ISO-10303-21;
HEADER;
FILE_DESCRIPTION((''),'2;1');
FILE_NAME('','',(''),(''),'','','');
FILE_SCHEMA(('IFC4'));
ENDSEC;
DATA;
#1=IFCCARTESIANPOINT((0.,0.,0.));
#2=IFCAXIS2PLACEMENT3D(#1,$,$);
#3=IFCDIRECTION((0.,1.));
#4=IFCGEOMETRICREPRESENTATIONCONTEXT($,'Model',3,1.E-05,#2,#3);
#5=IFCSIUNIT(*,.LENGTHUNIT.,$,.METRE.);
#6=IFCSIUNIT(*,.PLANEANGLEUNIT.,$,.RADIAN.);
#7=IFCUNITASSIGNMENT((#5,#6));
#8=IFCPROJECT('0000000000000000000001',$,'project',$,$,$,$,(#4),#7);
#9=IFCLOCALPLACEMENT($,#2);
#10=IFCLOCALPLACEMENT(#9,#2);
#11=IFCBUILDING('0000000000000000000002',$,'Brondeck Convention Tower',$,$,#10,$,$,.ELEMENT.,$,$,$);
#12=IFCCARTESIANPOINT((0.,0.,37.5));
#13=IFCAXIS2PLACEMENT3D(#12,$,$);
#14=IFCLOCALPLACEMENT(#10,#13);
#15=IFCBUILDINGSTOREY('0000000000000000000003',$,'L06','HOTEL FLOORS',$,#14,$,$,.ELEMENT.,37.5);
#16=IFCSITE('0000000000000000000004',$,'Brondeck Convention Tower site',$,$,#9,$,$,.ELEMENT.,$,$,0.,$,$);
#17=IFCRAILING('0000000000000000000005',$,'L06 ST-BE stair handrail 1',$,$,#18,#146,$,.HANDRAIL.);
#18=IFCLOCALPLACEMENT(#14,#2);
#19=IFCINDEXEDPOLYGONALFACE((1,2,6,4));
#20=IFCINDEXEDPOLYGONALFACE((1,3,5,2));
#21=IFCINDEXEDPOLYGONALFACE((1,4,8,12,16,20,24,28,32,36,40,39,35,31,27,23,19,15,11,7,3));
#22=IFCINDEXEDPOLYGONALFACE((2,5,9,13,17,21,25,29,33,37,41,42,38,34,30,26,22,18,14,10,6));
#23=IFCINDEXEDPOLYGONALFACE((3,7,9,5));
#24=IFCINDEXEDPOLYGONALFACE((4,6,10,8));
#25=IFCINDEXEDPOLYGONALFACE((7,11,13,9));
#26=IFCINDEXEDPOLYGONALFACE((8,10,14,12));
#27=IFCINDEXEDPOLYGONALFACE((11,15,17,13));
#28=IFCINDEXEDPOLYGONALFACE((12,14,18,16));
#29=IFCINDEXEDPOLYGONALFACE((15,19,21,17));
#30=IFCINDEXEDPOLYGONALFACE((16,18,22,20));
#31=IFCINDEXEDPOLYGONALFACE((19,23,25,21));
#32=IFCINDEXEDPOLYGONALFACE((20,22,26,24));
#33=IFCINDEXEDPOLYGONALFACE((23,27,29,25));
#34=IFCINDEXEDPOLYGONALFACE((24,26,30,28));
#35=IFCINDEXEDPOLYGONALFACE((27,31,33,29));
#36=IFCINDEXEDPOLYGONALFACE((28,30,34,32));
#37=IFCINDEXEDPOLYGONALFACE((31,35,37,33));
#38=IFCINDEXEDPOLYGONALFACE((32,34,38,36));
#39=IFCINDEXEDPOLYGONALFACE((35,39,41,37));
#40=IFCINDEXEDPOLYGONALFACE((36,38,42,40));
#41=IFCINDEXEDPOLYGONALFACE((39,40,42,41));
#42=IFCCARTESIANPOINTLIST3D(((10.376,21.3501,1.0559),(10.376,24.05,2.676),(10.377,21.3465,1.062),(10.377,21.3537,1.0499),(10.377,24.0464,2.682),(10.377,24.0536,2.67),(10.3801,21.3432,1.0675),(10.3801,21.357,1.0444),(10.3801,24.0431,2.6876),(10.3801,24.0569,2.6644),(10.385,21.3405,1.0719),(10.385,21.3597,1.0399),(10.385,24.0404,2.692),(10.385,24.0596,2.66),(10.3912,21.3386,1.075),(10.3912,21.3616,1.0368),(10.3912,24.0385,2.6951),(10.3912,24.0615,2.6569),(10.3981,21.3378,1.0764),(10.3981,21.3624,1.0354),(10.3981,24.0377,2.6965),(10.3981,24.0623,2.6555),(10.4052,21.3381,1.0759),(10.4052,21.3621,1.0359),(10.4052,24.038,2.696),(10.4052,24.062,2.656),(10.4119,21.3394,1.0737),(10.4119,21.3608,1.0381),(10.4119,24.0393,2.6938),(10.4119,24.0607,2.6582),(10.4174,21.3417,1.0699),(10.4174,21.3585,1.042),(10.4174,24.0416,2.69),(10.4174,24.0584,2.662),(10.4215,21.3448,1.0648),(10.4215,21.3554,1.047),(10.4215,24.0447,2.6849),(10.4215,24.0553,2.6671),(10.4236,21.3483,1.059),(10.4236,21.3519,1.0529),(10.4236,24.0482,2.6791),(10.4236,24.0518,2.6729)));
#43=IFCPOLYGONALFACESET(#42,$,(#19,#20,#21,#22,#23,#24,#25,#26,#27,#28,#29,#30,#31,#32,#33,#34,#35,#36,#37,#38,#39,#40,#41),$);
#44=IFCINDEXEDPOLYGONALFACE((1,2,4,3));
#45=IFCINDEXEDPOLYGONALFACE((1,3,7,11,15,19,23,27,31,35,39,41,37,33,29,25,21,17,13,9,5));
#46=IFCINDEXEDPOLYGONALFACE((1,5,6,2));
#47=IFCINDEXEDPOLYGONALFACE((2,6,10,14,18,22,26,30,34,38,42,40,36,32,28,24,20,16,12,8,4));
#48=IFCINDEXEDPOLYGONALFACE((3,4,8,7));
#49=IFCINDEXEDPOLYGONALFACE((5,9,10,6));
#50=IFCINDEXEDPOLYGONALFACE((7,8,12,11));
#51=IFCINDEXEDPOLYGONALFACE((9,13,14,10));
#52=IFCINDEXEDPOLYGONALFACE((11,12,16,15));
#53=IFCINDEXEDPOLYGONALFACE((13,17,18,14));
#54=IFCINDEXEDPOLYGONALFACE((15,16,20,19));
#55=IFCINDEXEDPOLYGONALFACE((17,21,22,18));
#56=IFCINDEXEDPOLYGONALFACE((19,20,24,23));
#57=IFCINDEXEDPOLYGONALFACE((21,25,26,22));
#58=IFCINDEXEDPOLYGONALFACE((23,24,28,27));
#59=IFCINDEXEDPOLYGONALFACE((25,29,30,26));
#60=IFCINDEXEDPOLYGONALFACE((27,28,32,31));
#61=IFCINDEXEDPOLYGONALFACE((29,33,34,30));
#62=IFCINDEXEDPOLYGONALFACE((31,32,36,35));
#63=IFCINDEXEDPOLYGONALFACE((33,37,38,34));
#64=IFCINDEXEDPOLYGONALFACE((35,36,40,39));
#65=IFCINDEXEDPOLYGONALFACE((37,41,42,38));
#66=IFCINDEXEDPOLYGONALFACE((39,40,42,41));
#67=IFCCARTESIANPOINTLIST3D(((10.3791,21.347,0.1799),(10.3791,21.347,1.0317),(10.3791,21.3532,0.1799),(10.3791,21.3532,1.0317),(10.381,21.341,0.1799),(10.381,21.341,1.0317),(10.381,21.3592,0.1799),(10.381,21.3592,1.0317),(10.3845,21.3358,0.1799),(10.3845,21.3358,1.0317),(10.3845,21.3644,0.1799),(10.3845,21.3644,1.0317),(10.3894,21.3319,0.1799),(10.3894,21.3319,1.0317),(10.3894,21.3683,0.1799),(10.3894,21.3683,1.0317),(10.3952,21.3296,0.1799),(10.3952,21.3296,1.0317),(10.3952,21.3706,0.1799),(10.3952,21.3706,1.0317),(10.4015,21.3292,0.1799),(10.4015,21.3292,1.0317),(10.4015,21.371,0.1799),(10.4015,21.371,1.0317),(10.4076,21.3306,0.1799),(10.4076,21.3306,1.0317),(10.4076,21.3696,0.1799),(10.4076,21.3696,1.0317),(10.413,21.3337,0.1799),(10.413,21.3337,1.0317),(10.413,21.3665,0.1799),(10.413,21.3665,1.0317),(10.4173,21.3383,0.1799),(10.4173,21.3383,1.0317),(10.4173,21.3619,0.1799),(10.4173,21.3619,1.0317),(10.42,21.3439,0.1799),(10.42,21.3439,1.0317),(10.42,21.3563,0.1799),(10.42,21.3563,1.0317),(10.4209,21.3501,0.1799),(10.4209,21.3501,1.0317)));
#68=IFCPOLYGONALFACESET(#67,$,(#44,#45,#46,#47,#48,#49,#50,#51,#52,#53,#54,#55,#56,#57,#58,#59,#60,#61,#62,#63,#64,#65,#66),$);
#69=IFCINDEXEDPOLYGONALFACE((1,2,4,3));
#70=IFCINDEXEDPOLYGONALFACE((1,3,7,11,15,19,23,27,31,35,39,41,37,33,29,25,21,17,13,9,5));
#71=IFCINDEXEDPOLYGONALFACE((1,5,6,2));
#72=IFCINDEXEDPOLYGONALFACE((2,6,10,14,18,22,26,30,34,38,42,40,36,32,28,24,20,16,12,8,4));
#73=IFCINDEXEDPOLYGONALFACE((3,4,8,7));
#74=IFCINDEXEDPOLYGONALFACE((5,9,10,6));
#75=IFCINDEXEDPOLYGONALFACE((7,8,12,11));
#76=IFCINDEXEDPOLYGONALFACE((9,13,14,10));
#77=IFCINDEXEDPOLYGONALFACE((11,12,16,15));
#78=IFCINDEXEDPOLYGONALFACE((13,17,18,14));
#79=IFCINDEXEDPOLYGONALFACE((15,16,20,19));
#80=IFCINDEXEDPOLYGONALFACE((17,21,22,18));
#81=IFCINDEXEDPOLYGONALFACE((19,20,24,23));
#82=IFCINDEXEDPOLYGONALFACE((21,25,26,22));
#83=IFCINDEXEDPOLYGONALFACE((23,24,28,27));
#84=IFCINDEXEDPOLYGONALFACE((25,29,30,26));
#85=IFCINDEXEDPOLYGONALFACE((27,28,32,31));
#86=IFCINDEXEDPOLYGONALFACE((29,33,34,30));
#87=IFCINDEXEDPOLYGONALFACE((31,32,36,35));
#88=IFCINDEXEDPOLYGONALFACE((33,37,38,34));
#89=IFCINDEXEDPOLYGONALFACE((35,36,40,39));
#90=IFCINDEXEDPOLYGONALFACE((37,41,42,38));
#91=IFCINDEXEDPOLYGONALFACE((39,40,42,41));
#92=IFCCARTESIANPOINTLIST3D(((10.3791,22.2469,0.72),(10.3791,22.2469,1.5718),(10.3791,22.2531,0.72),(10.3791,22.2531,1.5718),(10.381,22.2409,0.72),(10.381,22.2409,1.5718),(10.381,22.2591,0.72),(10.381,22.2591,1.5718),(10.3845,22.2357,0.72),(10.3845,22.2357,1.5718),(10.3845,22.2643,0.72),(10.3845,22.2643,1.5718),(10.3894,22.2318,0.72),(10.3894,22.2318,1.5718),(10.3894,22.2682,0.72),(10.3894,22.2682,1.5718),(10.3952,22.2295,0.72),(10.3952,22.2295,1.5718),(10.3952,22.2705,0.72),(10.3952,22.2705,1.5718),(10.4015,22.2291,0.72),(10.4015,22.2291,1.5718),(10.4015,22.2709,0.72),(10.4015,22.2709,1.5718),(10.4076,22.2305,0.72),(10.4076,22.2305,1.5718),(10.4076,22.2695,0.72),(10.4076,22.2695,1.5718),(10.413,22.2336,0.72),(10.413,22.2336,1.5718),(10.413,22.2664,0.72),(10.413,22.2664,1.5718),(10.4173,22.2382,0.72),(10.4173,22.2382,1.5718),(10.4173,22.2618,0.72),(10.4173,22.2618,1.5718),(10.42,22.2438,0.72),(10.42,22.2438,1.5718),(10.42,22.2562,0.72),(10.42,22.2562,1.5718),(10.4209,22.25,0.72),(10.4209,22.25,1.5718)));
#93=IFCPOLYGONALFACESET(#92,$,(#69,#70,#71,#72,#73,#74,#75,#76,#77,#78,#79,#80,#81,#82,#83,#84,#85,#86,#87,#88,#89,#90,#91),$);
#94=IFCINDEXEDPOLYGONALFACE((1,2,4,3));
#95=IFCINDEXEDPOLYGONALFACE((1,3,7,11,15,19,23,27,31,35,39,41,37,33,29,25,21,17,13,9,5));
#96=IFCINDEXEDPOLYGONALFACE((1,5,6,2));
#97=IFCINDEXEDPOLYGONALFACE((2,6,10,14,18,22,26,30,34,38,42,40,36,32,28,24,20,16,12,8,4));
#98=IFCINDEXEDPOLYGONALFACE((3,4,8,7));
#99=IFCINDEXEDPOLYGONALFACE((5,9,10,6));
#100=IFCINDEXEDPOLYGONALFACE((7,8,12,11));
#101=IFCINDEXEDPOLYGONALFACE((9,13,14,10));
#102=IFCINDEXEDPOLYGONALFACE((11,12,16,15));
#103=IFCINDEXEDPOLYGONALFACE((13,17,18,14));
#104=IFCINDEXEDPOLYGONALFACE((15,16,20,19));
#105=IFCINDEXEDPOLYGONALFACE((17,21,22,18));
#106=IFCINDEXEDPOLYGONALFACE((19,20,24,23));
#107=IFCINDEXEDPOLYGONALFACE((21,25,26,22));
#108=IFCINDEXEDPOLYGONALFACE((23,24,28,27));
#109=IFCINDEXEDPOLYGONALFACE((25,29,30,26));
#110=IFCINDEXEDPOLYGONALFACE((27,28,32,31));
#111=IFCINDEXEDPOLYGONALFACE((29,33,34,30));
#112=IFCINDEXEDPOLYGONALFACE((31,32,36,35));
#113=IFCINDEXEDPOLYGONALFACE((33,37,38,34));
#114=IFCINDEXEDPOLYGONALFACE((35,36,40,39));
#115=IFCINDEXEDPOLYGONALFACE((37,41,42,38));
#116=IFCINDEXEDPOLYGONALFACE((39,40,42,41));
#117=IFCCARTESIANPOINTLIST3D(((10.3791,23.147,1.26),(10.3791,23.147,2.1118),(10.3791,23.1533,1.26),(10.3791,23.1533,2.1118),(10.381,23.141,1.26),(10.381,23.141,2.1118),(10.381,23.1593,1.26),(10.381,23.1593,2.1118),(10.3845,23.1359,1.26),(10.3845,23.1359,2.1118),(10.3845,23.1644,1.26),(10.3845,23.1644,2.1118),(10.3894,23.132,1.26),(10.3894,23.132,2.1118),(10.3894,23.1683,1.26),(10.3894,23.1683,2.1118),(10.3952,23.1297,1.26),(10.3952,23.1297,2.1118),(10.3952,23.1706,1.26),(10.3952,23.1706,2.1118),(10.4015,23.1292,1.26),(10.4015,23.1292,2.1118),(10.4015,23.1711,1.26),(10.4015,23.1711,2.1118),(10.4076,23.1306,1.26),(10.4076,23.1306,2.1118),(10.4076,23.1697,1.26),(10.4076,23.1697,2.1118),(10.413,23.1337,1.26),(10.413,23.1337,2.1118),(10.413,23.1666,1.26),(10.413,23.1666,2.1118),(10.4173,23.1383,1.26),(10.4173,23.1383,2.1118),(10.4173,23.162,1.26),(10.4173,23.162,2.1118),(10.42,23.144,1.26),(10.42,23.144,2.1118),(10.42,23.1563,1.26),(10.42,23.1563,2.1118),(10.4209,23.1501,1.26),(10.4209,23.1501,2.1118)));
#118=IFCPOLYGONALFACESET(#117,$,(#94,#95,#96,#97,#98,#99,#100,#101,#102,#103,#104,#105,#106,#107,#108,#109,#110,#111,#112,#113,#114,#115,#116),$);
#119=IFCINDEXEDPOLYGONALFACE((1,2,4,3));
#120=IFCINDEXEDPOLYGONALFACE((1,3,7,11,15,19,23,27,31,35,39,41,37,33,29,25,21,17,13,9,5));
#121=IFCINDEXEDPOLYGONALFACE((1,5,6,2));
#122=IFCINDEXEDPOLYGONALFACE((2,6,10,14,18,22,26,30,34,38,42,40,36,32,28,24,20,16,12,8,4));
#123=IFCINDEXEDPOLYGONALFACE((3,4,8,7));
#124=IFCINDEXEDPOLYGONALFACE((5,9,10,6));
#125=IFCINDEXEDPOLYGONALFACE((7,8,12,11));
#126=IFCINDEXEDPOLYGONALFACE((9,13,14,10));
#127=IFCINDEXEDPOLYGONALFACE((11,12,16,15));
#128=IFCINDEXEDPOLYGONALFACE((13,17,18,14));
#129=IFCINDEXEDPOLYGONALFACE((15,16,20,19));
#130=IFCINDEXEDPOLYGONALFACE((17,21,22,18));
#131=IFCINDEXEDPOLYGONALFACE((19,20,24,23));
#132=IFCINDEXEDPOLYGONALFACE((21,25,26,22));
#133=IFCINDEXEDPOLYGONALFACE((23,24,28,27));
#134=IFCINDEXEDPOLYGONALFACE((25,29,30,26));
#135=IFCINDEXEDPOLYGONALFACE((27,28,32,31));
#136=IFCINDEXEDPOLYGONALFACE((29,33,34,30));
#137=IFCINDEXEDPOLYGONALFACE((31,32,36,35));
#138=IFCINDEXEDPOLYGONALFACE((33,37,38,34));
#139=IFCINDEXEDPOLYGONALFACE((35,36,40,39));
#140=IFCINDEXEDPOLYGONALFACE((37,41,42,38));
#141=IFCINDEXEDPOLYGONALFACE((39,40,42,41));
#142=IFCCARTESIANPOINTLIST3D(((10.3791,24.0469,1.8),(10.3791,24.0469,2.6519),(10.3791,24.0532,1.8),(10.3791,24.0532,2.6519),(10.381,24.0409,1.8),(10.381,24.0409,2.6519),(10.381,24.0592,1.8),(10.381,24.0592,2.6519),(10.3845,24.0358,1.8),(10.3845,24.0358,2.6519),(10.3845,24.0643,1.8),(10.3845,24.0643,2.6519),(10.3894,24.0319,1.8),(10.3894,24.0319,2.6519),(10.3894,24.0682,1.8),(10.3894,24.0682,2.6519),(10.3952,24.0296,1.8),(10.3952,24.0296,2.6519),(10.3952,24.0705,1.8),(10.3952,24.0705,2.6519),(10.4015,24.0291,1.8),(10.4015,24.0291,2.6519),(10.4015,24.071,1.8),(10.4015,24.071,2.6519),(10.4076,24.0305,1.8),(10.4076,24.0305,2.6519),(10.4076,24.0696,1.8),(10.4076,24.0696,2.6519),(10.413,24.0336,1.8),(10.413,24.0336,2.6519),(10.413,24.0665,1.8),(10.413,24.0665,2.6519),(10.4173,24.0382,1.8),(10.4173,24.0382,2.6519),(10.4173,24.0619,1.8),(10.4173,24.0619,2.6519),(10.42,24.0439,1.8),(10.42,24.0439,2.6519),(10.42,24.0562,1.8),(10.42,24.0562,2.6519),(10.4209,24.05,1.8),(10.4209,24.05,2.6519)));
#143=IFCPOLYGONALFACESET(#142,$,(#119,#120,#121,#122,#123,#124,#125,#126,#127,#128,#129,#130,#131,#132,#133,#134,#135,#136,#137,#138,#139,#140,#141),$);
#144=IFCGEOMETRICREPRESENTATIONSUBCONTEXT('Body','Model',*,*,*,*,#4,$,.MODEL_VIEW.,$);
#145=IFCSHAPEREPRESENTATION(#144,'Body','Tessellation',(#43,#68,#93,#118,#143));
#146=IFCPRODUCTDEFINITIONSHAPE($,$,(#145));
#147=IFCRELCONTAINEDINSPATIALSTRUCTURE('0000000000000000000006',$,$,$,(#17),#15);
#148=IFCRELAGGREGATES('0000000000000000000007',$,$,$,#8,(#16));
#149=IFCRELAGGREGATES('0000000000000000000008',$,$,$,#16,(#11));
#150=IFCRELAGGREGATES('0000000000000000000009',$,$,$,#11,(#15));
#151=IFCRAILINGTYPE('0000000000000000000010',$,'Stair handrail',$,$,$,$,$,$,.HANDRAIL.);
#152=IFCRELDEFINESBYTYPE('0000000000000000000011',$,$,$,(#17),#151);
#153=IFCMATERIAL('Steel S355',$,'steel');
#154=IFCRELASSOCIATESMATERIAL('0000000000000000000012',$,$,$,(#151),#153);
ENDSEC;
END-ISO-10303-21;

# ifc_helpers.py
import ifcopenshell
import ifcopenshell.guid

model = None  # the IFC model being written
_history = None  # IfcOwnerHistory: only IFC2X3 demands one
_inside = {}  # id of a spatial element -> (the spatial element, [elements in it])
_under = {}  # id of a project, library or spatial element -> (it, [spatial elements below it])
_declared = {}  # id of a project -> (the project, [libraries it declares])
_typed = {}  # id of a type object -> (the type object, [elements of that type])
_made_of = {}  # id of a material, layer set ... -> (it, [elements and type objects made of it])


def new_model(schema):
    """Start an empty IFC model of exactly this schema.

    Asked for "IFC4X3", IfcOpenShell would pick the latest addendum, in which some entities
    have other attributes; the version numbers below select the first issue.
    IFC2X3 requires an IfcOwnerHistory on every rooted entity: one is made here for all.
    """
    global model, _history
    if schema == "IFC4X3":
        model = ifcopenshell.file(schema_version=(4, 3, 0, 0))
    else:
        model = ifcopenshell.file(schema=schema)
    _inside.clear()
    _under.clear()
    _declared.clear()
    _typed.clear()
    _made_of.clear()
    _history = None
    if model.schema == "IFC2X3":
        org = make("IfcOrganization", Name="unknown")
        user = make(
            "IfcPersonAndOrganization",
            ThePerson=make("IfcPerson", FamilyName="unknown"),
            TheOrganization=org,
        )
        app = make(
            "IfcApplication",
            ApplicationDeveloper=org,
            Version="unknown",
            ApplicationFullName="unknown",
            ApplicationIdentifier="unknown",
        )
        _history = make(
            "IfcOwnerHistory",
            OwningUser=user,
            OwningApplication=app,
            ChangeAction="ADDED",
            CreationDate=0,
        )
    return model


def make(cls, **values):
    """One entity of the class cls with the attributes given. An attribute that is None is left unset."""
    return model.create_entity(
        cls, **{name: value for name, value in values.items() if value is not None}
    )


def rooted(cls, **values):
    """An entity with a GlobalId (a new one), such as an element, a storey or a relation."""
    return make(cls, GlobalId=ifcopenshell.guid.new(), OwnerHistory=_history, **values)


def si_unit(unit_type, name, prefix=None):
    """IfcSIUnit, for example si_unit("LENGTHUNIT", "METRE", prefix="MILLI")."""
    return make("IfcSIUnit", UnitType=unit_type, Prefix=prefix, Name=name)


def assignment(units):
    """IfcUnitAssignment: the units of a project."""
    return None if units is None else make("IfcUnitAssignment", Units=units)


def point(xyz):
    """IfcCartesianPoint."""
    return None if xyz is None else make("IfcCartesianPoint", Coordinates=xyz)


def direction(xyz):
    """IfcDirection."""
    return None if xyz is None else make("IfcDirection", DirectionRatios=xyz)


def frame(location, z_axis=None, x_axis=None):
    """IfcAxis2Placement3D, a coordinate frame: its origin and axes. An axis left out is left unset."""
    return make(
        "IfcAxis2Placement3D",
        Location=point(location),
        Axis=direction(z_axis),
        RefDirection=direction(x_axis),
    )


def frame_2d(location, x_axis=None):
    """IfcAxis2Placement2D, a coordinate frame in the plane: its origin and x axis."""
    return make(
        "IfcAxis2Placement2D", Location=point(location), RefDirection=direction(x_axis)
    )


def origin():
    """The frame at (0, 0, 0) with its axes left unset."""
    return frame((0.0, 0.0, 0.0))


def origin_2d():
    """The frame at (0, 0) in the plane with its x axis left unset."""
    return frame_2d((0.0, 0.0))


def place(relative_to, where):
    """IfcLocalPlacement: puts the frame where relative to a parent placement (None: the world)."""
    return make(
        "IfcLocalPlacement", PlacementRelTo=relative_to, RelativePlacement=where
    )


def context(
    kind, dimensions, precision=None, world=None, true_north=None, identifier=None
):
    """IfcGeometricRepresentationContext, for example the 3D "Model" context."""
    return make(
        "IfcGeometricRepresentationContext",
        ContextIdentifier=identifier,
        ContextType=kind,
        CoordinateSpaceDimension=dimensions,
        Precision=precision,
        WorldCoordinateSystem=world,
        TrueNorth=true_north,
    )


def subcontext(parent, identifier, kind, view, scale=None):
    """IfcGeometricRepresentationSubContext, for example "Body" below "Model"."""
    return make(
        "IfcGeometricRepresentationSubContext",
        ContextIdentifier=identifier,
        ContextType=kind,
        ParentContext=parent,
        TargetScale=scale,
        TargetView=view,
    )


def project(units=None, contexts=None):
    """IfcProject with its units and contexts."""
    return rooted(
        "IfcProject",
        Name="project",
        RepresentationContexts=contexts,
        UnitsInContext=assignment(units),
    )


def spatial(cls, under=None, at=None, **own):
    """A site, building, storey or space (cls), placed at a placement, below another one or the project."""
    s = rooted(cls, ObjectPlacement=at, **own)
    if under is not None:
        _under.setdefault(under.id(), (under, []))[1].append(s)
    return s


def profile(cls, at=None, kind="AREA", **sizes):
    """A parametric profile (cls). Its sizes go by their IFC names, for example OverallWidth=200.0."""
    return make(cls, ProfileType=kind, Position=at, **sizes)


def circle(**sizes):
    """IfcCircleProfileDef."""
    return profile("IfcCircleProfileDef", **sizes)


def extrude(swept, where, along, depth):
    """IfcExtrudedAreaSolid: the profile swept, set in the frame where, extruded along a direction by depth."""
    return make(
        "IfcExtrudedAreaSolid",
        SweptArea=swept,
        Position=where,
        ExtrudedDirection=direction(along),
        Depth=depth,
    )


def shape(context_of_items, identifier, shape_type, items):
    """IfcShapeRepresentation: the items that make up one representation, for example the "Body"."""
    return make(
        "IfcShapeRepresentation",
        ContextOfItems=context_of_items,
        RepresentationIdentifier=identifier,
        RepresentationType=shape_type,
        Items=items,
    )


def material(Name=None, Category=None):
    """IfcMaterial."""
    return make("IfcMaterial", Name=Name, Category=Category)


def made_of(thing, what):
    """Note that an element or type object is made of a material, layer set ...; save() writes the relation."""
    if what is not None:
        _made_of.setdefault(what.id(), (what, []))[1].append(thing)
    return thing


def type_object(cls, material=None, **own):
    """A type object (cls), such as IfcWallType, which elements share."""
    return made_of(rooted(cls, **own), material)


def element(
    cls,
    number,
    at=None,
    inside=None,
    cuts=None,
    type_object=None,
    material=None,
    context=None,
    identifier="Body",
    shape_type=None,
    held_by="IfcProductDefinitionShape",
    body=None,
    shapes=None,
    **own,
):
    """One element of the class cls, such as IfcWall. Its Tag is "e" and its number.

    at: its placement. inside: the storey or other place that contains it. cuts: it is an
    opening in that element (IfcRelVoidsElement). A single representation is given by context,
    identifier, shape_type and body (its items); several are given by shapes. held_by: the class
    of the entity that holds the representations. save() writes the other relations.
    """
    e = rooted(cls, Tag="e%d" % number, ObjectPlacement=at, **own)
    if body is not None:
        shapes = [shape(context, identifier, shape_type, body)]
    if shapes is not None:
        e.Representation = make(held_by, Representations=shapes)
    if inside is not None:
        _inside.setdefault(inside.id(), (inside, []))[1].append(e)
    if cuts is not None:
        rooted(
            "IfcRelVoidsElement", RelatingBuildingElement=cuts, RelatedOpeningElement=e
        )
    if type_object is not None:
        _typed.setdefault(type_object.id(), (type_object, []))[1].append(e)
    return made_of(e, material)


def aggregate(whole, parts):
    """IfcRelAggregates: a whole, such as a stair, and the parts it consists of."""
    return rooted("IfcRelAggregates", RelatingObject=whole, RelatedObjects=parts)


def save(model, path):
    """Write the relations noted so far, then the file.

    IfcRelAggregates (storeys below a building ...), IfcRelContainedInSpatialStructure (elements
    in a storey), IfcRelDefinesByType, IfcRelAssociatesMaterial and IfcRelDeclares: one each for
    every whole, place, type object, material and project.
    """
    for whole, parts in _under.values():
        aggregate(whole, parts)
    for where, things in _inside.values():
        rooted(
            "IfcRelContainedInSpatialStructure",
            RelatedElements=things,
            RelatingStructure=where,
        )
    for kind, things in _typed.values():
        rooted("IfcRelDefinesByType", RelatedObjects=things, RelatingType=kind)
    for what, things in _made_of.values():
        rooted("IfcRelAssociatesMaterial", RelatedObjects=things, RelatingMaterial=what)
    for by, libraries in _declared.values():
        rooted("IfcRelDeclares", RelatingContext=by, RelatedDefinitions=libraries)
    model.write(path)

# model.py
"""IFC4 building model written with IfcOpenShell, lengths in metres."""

from ifc_helpers import new_model, si_unit, direction, frame, origin, origin_2d, place, context, subcontext, project, spatial, circle, extrude, material, type_object, element, save


model = new_model("IFC4")

# Units and contexts
model_context = context("Model", 3, precision=1e-05, world=origin(), true_north=direction((0.0, 1.0)))
body_context = subcontext(model_context, "Body", "Model", "MODEL_VIEW")
ifc_project = project(units=[si_unit("LENGTHUNIT", "METRE"), si_unit("PLANEANGLEUNIT", "RADIAN")], contexts=[model_context])

# Site, building, storey
site_placement = place(None, origin())
site = spatial("IfcSite", under=ifc_project, at=site_placement, Name="Brondeck Convention Tower site", CompositionType="ELEMENT", RefElevation=0.0)
building_placement = place(site_placement, origin())
building = spatial("IfcBuilding", under=site, at=building_placement, Name="Brondeck Convention Tower", CompositionType="ELEMENT")
storey_placement = place(building_placement, frame((0.0, 0.0, 37.5)))
storey = spatial("IfcBuildingStorey", under=building, at=storey_placement, Name="L06", Description="HOTEL FLOORS", CompositionType="ELEMENT", Elevation=37.5)

# Shared definitions
ifc_material_1 = material(Name="Steel S355", Category="steel")

# Railing
railing_type_1 = type_object("IfcRailingType", Name="Stair handrail", PredefinedType="HANDRAIL", material=ifc_material_1)
railing_1_placement = place(storey_placement, frame((10.3999, 21.3501, 0.1799)))
element("IfcRailing", 1, at=railing_1_placement, inside=storey, type_object=railing_type_1, Name="L06 ST-BE stair handrail 1", PredefinedType="HANDRAIL", context=body_context, shape_type="SweptSolid", body=[
    extrude(circle(Radius=0.0239, at=origin_2d()), frame((0.0, 0.0, 0.876), z_axis=(0.0, 0.857472, 0.51453), x_axis=(-1.0, 0.0, 0.0)), (0.0, 0.0, 1.0), 3.1487),
    extrude(circle(Radius=0.021, at=origin_2d()), origin(), (0.0, 0.0, 1.0), 0.8518),
    extrude(circle(Radius=0.021, at=origin_2d()), frame((0.0, 0.8999, 0.54)), (0.0, 0.0, 1.0), 0.8518),
    extrude(circle(Radius=0.021, at=origin_2d()), frame((0.0, 1.8, 1.0801)), (0.0, 0.0, 1.0), 0.8518),
    extrude(circle(Radius=0.021, at=origin_2d()), frame((0.0, 2.7, 1.6201)), (0.0, 0.0, 1.0), 0.8518),
])

save(model, "model.ifc")
